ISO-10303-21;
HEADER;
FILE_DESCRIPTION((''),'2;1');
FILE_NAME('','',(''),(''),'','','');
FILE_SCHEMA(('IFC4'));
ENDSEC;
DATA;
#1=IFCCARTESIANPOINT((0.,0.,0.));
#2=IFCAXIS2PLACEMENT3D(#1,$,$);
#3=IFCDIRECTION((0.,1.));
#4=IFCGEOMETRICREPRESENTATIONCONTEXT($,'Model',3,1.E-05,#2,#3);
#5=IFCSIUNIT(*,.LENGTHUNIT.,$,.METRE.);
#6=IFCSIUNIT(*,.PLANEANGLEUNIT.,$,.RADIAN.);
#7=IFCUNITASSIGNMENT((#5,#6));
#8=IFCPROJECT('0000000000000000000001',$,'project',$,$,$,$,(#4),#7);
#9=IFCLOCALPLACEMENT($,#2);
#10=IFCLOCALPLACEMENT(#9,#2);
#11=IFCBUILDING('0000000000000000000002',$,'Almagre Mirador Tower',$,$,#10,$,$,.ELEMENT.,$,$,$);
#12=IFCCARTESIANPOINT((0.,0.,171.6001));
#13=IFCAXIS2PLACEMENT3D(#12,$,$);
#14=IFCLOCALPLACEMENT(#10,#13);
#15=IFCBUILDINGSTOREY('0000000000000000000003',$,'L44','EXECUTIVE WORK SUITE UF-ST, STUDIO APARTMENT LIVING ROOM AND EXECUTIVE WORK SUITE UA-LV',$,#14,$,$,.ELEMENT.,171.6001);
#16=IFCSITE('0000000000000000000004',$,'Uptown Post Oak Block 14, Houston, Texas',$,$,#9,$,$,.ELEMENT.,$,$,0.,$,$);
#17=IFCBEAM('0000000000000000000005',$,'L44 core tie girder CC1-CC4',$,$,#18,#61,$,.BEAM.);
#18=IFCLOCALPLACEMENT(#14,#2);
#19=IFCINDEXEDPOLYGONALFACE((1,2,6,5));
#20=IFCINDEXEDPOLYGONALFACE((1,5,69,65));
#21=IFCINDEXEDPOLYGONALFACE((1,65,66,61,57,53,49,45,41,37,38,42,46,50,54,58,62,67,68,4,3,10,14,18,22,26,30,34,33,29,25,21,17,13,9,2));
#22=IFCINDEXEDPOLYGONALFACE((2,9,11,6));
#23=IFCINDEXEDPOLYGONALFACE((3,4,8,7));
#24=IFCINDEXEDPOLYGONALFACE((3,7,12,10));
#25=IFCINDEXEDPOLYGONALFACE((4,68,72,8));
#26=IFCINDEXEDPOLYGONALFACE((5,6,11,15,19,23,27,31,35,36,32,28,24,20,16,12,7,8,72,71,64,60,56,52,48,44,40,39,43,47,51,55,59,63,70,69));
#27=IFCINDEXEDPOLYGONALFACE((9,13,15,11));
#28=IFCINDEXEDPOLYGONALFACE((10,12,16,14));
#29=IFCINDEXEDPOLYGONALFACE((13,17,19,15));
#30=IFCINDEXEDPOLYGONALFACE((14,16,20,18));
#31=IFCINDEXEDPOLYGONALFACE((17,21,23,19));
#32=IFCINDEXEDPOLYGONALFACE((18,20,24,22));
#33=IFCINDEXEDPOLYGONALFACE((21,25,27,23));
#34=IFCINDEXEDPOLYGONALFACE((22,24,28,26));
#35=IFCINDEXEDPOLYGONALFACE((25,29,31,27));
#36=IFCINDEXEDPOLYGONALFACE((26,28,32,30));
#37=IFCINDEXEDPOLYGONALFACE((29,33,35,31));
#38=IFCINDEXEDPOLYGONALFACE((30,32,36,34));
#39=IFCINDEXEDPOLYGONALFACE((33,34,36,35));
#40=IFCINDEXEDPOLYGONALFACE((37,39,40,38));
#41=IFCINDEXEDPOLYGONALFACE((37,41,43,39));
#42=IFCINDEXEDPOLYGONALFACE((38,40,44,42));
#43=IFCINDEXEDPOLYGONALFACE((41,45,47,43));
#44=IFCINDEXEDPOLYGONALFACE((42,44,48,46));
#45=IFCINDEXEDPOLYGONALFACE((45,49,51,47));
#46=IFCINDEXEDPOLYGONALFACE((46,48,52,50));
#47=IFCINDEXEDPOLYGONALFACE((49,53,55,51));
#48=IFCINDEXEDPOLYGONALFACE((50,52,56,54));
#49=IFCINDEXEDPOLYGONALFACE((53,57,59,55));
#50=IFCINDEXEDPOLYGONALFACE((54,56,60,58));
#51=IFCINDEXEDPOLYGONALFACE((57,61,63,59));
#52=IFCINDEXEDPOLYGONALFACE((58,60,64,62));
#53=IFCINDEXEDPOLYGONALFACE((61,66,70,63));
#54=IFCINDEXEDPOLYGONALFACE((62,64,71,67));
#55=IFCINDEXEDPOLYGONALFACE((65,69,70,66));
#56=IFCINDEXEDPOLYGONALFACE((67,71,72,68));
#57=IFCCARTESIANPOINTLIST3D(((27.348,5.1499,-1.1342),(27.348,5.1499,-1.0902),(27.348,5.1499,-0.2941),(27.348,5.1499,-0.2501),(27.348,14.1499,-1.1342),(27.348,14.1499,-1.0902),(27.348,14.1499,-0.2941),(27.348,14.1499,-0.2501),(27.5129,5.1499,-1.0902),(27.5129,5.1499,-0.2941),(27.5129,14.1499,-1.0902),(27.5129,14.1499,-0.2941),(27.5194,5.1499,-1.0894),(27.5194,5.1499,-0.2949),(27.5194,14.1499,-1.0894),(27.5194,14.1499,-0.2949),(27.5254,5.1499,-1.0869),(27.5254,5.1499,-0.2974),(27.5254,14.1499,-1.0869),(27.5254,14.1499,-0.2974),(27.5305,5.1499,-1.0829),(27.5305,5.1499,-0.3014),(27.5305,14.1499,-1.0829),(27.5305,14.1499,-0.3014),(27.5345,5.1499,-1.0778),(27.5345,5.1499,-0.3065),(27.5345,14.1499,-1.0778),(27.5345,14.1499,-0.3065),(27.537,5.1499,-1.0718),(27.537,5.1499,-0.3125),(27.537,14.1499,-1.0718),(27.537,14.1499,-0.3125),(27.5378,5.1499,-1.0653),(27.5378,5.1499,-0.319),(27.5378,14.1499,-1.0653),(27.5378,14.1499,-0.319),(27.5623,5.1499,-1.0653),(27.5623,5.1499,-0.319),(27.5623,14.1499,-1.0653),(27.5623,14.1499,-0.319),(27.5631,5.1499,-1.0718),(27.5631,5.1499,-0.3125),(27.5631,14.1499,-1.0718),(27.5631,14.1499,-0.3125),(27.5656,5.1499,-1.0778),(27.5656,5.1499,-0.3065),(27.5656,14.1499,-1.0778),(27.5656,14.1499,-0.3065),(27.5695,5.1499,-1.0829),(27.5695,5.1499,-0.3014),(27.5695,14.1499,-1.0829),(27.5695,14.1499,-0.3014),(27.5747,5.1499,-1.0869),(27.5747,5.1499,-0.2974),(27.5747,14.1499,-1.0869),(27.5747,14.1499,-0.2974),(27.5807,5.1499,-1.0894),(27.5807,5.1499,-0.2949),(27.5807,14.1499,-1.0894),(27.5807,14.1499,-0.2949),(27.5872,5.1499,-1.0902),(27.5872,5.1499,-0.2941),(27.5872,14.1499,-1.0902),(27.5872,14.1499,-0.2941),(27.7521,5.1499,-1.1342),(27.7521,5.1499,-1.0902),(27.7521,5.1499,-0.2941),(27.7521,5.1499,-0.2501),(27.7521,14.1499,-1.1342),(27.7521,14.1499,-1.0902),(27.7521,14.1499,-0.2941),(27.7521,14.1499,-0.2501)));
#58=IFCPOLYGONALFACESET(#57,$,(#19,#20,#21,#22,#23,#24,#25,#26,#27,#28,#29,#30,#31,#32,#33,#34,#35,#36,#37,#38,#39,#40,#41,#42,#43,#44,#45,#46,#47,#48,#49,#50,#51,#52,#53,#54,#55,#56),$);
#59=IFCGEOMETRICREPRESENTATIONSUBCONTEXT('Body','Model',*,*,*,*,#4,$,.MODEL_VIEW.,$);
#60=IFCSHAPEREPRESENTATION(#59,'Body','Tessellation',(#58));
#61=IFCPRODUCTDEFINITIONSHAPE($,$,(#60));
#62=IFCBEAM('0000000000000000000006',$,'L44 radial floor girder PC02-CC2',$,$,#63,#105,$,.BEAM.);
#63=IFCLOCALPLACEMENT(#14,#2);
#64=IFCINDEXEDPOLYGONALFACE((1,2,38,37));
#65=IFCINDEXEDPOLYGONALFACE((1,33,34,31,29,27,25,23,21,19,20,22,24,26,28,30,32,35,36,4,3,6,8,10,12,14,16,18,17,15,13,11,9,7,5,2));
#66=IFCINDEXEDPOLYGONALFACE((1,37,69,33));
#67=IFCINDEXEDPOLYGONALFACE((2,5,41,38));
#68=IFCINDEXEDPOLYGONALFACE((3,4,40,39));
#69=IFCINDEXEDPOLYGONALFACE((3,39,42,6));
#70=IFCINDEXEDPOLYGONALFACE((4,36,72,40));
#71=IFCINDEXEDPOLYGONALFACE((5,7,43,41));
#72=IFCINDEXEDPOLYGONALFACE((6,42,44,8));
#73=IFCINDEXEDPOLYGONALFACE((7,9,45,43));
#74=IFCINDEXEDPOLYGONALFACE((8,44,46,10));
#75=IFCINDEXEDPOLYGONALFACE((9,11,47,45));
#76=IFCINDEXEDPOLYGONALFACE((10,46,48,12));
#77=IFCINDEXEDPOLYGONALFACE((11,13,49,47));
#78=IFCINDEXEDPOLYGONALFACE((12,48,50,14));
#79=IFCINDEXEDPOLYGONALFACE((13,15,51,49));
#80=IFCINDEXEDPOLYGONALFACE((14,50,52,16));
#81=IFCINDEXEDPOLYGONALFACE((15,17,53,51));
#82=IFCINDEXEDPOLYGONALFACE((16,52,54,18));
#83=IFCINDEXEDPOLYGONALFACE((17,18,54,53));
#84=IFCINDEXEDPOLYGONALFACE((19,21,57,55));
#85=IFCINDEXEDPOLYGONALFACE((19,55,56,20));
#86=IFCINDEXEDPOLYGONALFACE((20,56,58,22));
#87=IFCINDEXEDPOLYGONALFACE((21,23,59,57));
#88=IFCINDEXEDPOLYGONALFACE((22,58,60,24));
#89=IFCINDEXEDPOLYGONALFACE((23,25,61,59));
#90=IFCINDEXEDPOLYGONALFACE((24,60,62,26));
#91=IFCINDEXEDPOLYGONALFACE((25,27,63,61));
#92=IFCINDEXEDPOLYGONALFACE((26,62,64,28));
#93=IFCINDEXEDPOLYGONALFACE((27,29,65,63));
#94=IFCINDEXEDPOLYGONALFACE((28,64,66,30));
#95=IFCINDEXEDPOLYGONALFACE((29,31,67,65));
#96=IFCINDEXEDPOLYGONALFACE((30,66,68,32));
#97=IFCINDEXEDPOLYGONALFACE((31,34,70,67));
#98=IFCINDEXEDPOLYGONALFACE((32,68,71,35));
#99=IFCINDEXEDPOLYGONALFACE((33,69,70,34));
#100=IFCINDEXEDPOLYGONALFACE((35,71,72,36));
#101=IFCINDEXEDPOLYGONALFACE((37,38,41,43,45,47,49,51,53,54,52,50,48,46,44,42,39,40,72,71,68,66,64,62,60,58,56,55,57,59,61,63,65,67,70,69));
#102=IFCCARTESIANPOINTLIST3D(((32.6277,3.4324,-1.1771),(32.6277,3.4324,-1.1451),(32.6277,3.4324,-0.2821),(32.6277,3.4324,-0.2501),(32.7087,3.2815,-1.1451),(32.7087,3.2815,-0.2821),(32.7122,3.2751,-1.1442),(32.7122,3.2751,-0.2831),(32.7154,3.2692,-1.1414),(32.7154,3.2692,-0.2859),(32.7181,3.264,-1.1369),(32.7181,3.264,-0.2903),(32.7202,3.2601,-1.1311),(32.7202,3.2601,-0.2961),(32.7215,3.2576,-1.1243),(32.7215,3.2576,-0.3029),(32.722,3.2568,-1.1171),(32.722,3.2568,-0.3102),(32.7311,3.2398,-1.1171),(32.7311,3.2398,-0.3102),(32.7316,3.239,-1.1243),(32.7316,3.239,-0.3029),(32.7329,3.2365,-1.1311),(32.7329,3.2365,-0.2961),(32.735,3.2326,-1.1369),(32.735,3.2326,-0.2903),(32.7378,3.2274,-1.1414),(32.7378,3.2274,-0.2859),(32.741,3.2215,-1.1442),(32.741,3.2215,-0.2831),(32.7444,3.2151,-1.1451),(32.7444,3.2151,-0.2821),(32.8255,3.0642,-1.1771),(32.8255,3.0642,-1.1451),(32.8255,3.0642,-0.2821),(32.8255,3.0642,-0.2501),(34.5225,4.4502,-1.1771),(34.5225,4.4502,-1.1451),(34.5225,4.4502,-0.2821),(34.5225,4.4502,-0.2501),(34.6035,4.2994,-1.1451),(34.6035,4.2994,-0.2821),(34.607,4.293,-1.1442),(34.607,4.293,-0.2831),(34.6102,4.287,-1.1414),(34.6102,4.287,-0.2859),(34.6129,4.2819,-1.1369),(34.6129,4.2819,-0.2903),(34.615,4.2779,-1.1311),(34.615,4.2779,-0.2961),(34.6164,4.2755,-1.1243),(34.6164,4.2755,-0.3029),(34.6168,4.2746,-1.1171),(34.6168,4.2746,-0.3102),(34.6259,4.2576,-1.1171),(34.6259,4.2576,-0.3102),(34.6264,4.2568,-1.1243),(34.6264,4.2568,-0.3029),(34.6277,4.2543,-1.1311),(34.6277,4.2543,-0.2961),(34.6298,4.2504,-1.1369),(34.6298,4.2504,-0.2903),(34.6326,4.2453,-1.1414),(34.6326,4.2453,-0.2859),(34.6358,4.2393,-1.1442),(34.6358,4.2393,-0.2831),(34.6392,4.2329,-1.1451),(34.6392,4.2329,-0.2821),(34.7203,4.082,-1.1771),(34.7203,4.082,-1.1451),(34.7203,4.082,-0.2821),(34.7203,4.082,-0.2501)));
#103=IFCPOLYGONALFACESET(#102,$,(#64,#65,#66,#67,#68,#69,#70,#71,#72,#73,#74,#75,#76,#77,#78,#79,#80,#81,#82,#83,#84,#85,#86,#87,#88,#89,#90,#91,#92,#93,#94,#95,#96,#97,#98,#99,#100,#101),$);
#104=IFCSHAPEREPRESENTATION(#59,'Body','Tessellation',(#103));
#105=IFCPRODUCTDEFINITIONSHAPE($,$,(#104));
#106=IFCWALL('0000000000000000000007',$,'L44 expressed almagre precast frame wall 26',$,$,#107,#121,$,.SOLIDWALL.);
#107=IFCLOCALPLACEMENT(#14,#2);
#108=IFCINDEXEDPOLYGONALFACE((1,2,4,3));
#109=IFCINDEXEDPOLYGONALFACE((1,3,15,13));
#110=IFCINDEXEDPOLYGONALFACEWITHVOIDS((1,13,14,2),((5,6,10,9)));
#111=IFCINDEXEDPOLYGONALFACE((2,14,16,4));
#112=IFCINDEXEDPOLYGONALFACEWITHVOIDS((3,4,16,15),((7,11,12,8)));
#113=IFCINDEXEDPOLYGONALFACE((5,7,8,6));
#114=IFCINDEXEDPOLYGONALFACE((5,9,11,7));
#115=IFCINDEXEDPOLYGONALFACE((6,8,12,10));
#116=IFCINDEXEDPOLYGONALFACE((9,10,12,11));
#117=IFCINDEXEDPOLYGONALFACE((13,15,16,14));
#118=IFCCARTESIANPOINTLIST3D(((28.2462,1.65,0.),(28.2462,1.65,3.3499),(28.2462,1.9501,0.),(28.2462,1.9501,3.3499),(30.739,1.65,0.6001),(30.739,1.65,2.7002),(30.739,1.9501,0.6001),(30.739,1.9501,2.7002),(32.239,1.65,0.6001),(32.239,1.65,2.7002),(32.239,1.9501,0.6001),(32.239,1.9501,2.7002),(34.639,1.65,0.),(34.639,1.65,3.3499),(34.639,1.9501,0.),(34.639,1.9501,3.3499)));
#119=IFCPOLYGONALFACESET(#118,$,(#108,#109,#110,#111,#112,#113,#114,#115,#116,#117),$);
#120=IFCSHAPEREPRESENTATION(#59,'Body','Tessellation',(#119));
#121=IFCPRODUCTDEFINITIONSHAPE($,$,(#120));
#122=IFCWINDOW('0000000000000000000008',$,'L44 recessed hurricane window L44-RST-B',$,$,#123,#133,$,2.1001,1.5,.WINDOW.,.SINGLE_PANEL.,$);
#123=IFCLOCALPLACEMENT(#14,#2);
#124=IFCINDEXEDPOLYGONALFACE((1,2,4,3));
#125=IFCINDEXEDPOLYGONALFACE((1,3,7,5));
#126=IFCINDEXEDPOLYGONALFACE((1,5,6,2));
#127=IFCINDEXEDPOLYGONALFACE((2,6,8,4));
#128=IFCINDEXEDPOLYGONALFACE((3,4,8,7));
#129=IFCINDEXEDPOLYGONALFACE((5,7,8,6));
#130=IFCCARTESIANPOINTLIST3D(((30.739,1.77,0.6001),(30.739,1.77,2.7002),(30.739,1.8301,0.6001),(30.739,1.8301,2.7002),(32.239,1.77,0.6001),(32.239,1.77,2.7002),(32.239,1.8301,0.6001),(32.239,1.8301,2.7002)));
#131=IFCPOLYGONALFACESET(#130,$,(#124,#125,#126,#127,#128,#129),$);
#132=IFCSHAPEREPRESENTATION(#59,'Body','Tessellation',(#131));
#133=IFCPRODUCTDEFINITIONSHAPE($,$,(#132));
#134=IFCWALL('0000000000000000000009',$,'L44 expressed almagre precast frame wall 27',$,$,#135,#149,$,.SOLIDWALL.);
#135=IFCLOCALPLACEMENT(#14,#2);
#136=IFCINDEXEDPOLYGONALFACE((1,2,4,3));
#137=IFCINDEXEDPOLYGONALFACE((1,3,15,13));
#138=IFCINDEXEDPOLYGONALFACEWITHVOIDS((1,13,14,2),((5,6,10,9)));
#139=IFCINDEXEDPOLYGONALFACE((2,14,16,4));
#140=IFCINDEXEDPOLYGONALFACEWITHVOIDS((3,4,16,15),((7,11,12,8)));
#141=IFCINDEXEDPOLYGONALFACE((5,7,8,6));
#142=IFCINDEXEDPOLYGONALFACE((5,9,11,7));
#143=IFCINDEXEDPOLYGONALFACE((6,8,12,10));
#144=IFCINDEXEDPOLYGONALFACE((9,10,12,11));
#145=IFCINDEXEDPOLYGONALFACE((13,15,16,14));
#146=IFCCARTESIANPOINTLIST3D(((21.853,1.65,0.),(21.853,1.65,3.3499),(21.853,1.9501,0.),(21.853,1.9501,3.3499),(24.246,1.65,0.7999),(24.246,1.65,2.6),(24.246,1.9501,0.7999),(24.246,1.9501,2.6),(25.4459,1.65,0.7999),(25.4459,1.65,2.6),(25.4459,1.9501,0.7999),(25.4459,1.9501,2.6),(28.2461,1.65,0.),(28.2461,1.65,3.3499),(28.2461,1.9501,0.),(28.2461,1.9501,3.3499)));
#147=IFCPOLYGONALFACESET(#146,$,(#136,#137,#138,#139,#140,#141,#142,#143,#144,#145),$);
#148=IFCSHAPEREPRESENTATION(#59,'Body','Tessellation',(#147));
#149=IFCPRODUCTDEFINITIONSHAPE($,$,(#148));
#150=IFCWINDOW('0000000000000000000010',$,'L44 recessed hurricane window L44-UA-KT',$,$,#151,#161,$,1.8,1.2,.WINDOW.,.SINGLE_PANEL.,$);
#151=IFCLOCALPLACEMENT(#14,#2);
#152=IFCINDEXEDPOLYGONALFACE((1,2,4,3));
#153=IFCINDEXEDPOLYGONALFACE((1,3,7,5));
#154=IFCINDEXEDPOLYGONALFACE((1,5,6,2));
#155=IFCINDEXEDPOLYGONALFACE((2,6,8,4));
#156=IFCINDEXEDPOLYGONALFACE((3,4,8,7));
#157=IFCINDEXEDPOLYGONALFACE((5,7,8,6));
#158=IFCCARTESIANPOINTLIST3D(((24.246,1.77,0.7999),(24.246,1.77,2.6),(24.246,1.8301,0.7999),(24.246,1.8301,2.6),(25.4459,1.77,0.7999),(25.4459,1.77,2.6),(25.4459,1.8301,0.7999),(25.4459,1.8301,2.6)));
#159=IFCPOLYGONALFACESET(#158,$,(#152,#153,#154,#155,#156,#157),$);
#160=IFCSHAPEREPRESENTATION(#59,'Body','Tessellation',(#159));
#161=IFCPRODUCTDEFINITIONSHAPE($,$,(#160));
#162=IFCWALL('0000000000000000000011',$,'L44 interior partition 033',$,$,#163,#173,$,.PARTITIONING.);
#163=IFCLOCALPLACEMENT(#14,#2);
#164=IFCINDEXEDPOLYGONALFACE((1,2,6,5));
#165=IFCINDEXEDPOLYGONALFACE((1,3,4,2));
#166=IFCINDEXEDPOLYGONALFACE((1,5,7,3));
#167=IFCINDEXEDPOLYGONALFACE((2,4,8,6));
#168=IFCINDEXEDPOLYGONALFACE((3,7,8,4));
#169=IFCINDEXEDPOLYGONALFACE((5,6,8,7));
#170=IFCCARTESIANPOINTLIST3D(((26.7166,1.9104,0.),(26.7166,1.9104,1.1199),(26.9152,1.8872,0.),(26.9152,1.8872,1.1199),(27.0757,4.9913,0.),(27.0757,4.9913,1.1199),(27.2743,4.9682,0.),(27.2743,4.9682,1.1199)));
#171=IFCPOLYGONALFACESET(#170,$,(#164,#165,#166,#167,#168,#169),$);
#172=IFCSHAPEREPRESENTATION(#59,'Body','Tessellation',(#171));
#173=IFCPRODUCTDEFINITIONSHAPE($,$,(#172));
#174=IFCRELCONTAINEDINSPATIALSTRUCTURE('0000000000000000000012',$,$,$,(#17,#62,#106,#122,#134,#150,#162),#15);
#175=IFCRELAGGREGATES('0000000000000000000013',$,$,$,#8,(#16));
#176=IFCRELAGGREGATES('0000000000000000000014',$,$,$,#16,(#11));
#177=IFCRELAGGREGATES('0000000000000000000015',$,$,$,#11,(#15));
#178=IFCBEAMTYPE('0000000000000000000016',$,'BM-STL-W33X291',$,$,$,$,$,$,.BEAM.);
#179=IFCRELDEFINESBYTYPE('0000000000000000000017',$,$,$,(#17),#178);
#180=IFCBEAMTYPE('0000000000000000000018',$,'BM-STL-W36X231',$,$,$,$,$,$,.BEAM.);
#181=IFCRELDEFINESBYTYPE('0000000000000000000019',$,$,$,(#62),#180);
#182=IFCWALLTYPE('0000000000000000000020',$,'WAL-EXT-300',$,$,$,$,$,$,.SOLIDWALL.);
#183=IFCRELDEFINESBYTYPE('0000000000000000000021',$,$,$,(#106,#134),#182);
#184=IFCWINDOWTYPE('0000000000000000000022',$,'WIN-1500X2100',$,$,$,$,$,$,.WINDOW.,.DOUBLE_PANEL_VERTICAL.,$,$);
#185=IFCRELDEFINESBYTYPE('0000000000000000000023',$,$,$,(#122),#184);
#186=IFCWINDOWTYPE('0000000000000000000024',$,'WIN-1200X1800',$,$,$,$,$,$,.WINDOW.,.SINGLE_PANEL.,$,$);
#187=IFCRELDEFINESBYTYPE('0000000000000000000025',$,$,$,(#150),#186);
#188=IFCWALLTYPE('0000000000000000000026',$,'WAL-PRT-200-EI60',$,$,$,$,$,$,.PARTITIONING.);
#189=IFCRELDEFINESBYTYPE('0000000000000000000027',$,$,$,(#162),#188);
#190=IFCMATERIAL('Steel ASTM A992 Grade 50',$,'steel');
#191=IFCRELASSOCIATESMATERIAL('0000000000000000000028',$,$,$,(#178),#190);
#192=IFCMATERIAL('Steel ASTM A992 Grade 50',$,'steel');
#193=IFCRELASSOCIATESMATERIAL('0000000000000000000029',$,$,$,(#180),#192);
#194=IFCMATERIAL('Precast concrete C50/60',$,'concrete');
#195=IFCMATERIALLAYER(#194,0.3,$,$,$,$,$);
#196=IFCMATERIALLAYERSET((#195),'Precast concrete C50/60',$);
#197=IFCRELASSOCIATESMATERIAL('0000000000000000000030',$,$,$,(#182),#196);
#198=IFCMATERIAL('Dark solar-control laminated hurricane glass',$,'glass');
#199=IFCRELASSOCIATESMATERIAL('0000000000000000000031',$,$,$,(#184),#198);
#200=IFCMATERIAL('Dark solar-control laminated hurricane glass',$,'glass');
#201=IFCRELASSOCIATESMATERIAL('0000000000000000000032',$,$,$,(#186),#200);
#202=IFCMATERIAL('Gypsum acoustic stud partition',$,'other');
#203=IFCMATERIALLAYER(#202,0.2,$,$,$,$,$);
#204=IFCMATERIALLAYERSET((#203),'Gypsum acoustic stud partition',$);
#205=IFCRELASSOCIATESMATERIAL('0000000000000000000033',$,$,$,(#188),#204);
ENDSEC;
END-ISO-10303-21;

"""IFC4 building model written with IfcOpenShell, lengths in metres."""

from ifc_helpers import new_model, si_unit, direction, frame, frame_2d, origin, origin_2d, place, context, subcontext, project, spatial, rectangle, i_section, extrude, material, layer, layer_set, material_profile, profile_set, type_object, element, fill, save


model = new_model("IFC4")

# Units and contexts
model_context = context("Model", 3, precision=1e-05, world=origin(), true_north=direction((0.0, 1.0)))
body_context = subcontext(model_context, "Body", "Model", "MODEL_VIEW")
ifc_project = project(units=[si_unit("LENGTHUNIT", "METRE"), si_unit("PLANEANGLEUNIT", "RADIAN")], contexts=[model_context])

# Site, building, storey
site_placement = place(None, origin())
site = spatial("IfcSite", under=ifc_project, at=site_placement, Name="Uptown Post Oak Block 14, Houston, Texas", CompositionType="ELEMENT", RefElevation=0.0)
building_placement = place(site_placement, origin())
building = spatial("IfcBuilding", under=site, at=building_placement, Name="Almagre Mirador Tower", CompositionType="ELEMENT")
storey_placement = place(building_placement, frame((0.0, 0.0, 171.6001)))
storey = spatial("IfcBuildingStorey", under=building, at=storey_placement, Name="L44", Description="EXECUTIVE WORK SUITE UF-ST, STUDIO APARTMENT LIVING ROOM AND EXECUTIVE WORK SUITE UA-LV", CompositionType="ELEMENT", Elevation=171.6001)

# Beams
ifc_material_1 = material(Name="Steel ASTM A992 Grade 50", Category="steel")
ifc_material_profile_1 = material_profile(ifc_material_1, i_section(OverallWidth=0.4041, OverallDepth=0.884, WebThickness=0.0244, FlangeThickness=0.0439, FilletRadius=0.0249, at=origin_2d()), Name="W33X291")
ifc_profile_set_1 = profile_set([ifc_material_profile_1], Name="Steel ASTM A992 Grade 50")
beam_type_1 = type_object("IfcBeamType", Name="BM-STL-W33X291", PredefinedType="BEAM", material=ifc_profile_set_1)
beam_1_placement = place(storey_placement, frame((27.55, 5.1499, -0.6921), z_axis=(0.0, 1.0, 0.0), x_axis=(-1.0, 0.0, 0.0)))
element("IfcBeam", 1, at=beam_1_placement, inside=storey, type_object=beam_type_1, Name="L44 core tie girder CC1-CC4", PredefinedType="BEAM", context=body_context, shape_type="SweptSolid", body=[
    extrude(i_section(OverallWidth=0.4041, OverallDepth=0.884, WebThickness=0.0244, FlangeThickness=0.0439, FilletRadius=0.0249, at=origin_2d()), origin(), (0.0, 0.0, 1.0), 9.0),
])
ifc_material_2 = material(Name="Steel ASTM A992 Grade 50", Category="steel")
ifc_material_profile_2 = material_profile(ifc_material_2, i_section(OverallWidth=0.418, OverallDepth=0.927, WebThickness=0.0193, FlangeThickness=0.032, FilletRadius=0.0281, at=origin_2d()), Name="W36X231")
ifc_profile_set_2 = profile_set([ifc_material_profile_2], Name="Steel ASTM A992 Grade 50")
beam_type_2 = type_object("IfcBeamType", Name="BM-STL-W36X231", PredefinedType="BEAM", material=ifc_profile_set_2)
beam_2_placement = place(storey_placement, frame((32.7266, 3.2483, -0.7136), z_axis=(0.880944, 0.47322, 0.0), x_axis=(-0.47322, 0.880944, 0.0)))
element("IfcBeam", 2, at=beam_2_placement, inside=storey, type_object=beam_type_2, Name="L44 radial floor girder PC02-CC2", PredefinedType="BEAM", context=body_context, shape_type="SweptSolid", body=[
    extrude(i_section(OverallWidth=0.418, OverallDepth=0.927, WebThickness=0.0193, FlangeThickness=0.032, FilletRadius=0.0281, at=origin_2d()), origin(), (0.0, 0.0, 1.0), 2.1509),
])

# Walls, openings, windows
ifc_material_3 = material(Name="Precast concrete C50/60", Category="concrete")
ifc_layer_1 = layer(ifc_material_3, 0.3)
ifc_layer_set_1 = layer_set([ifc_layer_1], Name="Precast concrete C50/60")
wall_type_1 = type_object("IfcWallType", Name="WAL-EXT-300", PredefinedType="SOLIDWALL", material=ifc_layer_set_1)
wall_1_placement = place(storey_placement, frame((34.6389, 1.8, 0.0), z_axis=(0.0, 0.0, 1.0), x_axis=(-1.0, 0.0, 0.0)))
wall_1 = element("IfcWall", 3, at=wall_1_placement, inside=storey, type_object=wall_type_1, Name="L44 expressed almagre precast frame wall 26", PredefinedType="SOLIDWALL", context=body_context, shape_type="SweptSolid", body=[
    extrude(rectangle(XDim=6.3928, YDim=0.3, at=frame_2d((3.1963, 0.0))), origin(), (0.0, 0.0, 1.0), 3.3499),
])
opening_1_placement = place(wall_1_placement, frame((2.3999, 0.0, 0.6001)))
opening_1 = element("IfcOpeningElement", 4, at=opening_1_placement, cuts=wall_1, PredefinedType="OPENING", context=body_context, shape_type="SweptSolid", body=[
    extrude(rectangle(XDim=1.5, YDim=2.1001, at=frame_2d((0.75, 1.05))), frame((0.0, 0.1599, 0.0), z_axis=(0.0, -1.0, 0.0), x_axis=(1.0, 0.0, 0.0)), (0.0, 0.0, 1.0), 0.32),
])
ifc_material_4 = material(Name="Dark solar-control laminated hurricane glass", Category="glass")
window_type_1 = type_object("IfcWindowType", Name="WIN-1500X2100", PartitioningType="DOUBLE_PANEL_VERTICAL", PredefinedType="WINDOW", material=ifc_material_4)
window_1_placement = place(opening_1_placement, origin())
window_1 = element("IfcWindow", 5, at=window_1_placement, inside=storey, type_object=window_type_1, Name="L44 recessed hurricane window L44-RST-B", OverallHeight=2.1001, OverallWidth=1.5, PartitioningType="SINGLE_PANEL", PredefinedType="WINDOW", context=body_context, shape_type="SweptSolid", body=[
    extrude(rectangle(XDim=1.5, YDim=2.1001, at=frame_2d((0.75, 1.05))), frame((0.0, 0.03, 0.0), z_axis=(0.0, -1.0, 0.0), x_axis=(1.0, 0.0, 0.0)), (0.0, 0.0, 1.0), 0.0601),
])
fill(opening_1, window_1)
wall_2_placement = place(storey_placement, frame((28.2461, 1.8, 0.0), z_axis=(0.0, 0.0, 1.0), x_axis=(-1.0, 0.0, 0.0)))
wall_2 = element("IfcWall", 6, at=wall_2_placement, inside=storey, type_object=wall_type_1, Name="L44 expressed almagre precast frame wall 27", PredefinedType="SOLIDWALL", context=body_context, shape_type="SweptSolid", body=[
    extrude(rectangle(XDim=6.3931, YDim=0.3, at=frame_2d((3.1965, 0.0))), origin(), (0.0, 0.0, 1.0), 3.3499),
])
opening_2_placement = place(wall_2_placement, frame((2.8, 0.0, 0.8)))
opening_2 = element("IfcOpeningElement", 7, at=opening_2_placement, cuts=wall_2, PredefinedType="OPENING", context=body_context, shape_type="SweptSolid", body=[
    extrude(rectangle(XDim=1.2, YDim=1.8, at=frame_2d((0.6001, 0.8999))), frame((0.0, 0.1599, 0.0), z_axis=(0.0, -1.0, 0.0), x_axis=(1.0, 0.0, 0.0)), (0.0, 0.0, 1.0), 0.32),
])
ifc_material_5 = material(Name="Dark solar-control laminated hurricane glass", Category="glass")
window_type_2 = type_object("IfcWindowType", Name="WIN-1200X1800", PartitioningType="SINGLE_PANEL", PredefinedType="WINDOW", material=ifc_material_5)
window_2_placement = place(opening_2_placement, origin())
window_2 = element("IfcWindow", 8, at=window_2_placement, inside=storey, type_object=window_type_2, Name="L44 recessed hurricane window L44-UA-KT", OverallHeight=1.8, OverallWidth=1.2, PartitioningType="SINGLE_PANEL", PredefinedType="WINDOW", context=body_context, shape_type="SweptSolid", body=[
    extrude(rectangle(XDim=1.2, YDim=1.8, at=frame_2d((0.6001, 0.8999))), frame((0.0, 0.03, 0.0), z_axis=(0.0, -1.0, 0.0), x_axis=(1.0, 0.0, 0.0)), (0.0, 0.0, 1.0), 0.0601),
])
fill(opening_2, window_2)

# Wall
ifc_material_6 = material(Name="Gypsum acoustic stud partition", Category="other")
ifc_layer_2 = layer(ifc_material_6, 0.2)
ifc_layer_set_2 = layer_set([ifc_layer_2], Name="Gypsum acoustic stud partition")
wall_type_2 = type_object("IfcWallType", Name="WAL-PRT-200-EI60", PredefinedType="PARTITIONING", material=ifc_layer_set_2)
wall_3_placement = place(storey_placement, frame((26.8159, 1.8989, 0.0), z_axis=(0.0, 0.0, 1.0), x_axis=(0.115777, 0.993275, 0.0)))
element("IfcWall", 9, at=wall_3_placement, inside=storey, type_object=wall_type_2, Name="L44 interior partition 033", PredefinedType="PARTITIONING", context=body_context, shape_type="SweptSolid", body=[
    extrude(rectangle(XDim=3.1018, YDim=0.2, at=frame_2d((1.5508, 0.0))), origin(), (0.0, 0.0, 1.0), 1.1199),
])

save(model, "model.ifc")
